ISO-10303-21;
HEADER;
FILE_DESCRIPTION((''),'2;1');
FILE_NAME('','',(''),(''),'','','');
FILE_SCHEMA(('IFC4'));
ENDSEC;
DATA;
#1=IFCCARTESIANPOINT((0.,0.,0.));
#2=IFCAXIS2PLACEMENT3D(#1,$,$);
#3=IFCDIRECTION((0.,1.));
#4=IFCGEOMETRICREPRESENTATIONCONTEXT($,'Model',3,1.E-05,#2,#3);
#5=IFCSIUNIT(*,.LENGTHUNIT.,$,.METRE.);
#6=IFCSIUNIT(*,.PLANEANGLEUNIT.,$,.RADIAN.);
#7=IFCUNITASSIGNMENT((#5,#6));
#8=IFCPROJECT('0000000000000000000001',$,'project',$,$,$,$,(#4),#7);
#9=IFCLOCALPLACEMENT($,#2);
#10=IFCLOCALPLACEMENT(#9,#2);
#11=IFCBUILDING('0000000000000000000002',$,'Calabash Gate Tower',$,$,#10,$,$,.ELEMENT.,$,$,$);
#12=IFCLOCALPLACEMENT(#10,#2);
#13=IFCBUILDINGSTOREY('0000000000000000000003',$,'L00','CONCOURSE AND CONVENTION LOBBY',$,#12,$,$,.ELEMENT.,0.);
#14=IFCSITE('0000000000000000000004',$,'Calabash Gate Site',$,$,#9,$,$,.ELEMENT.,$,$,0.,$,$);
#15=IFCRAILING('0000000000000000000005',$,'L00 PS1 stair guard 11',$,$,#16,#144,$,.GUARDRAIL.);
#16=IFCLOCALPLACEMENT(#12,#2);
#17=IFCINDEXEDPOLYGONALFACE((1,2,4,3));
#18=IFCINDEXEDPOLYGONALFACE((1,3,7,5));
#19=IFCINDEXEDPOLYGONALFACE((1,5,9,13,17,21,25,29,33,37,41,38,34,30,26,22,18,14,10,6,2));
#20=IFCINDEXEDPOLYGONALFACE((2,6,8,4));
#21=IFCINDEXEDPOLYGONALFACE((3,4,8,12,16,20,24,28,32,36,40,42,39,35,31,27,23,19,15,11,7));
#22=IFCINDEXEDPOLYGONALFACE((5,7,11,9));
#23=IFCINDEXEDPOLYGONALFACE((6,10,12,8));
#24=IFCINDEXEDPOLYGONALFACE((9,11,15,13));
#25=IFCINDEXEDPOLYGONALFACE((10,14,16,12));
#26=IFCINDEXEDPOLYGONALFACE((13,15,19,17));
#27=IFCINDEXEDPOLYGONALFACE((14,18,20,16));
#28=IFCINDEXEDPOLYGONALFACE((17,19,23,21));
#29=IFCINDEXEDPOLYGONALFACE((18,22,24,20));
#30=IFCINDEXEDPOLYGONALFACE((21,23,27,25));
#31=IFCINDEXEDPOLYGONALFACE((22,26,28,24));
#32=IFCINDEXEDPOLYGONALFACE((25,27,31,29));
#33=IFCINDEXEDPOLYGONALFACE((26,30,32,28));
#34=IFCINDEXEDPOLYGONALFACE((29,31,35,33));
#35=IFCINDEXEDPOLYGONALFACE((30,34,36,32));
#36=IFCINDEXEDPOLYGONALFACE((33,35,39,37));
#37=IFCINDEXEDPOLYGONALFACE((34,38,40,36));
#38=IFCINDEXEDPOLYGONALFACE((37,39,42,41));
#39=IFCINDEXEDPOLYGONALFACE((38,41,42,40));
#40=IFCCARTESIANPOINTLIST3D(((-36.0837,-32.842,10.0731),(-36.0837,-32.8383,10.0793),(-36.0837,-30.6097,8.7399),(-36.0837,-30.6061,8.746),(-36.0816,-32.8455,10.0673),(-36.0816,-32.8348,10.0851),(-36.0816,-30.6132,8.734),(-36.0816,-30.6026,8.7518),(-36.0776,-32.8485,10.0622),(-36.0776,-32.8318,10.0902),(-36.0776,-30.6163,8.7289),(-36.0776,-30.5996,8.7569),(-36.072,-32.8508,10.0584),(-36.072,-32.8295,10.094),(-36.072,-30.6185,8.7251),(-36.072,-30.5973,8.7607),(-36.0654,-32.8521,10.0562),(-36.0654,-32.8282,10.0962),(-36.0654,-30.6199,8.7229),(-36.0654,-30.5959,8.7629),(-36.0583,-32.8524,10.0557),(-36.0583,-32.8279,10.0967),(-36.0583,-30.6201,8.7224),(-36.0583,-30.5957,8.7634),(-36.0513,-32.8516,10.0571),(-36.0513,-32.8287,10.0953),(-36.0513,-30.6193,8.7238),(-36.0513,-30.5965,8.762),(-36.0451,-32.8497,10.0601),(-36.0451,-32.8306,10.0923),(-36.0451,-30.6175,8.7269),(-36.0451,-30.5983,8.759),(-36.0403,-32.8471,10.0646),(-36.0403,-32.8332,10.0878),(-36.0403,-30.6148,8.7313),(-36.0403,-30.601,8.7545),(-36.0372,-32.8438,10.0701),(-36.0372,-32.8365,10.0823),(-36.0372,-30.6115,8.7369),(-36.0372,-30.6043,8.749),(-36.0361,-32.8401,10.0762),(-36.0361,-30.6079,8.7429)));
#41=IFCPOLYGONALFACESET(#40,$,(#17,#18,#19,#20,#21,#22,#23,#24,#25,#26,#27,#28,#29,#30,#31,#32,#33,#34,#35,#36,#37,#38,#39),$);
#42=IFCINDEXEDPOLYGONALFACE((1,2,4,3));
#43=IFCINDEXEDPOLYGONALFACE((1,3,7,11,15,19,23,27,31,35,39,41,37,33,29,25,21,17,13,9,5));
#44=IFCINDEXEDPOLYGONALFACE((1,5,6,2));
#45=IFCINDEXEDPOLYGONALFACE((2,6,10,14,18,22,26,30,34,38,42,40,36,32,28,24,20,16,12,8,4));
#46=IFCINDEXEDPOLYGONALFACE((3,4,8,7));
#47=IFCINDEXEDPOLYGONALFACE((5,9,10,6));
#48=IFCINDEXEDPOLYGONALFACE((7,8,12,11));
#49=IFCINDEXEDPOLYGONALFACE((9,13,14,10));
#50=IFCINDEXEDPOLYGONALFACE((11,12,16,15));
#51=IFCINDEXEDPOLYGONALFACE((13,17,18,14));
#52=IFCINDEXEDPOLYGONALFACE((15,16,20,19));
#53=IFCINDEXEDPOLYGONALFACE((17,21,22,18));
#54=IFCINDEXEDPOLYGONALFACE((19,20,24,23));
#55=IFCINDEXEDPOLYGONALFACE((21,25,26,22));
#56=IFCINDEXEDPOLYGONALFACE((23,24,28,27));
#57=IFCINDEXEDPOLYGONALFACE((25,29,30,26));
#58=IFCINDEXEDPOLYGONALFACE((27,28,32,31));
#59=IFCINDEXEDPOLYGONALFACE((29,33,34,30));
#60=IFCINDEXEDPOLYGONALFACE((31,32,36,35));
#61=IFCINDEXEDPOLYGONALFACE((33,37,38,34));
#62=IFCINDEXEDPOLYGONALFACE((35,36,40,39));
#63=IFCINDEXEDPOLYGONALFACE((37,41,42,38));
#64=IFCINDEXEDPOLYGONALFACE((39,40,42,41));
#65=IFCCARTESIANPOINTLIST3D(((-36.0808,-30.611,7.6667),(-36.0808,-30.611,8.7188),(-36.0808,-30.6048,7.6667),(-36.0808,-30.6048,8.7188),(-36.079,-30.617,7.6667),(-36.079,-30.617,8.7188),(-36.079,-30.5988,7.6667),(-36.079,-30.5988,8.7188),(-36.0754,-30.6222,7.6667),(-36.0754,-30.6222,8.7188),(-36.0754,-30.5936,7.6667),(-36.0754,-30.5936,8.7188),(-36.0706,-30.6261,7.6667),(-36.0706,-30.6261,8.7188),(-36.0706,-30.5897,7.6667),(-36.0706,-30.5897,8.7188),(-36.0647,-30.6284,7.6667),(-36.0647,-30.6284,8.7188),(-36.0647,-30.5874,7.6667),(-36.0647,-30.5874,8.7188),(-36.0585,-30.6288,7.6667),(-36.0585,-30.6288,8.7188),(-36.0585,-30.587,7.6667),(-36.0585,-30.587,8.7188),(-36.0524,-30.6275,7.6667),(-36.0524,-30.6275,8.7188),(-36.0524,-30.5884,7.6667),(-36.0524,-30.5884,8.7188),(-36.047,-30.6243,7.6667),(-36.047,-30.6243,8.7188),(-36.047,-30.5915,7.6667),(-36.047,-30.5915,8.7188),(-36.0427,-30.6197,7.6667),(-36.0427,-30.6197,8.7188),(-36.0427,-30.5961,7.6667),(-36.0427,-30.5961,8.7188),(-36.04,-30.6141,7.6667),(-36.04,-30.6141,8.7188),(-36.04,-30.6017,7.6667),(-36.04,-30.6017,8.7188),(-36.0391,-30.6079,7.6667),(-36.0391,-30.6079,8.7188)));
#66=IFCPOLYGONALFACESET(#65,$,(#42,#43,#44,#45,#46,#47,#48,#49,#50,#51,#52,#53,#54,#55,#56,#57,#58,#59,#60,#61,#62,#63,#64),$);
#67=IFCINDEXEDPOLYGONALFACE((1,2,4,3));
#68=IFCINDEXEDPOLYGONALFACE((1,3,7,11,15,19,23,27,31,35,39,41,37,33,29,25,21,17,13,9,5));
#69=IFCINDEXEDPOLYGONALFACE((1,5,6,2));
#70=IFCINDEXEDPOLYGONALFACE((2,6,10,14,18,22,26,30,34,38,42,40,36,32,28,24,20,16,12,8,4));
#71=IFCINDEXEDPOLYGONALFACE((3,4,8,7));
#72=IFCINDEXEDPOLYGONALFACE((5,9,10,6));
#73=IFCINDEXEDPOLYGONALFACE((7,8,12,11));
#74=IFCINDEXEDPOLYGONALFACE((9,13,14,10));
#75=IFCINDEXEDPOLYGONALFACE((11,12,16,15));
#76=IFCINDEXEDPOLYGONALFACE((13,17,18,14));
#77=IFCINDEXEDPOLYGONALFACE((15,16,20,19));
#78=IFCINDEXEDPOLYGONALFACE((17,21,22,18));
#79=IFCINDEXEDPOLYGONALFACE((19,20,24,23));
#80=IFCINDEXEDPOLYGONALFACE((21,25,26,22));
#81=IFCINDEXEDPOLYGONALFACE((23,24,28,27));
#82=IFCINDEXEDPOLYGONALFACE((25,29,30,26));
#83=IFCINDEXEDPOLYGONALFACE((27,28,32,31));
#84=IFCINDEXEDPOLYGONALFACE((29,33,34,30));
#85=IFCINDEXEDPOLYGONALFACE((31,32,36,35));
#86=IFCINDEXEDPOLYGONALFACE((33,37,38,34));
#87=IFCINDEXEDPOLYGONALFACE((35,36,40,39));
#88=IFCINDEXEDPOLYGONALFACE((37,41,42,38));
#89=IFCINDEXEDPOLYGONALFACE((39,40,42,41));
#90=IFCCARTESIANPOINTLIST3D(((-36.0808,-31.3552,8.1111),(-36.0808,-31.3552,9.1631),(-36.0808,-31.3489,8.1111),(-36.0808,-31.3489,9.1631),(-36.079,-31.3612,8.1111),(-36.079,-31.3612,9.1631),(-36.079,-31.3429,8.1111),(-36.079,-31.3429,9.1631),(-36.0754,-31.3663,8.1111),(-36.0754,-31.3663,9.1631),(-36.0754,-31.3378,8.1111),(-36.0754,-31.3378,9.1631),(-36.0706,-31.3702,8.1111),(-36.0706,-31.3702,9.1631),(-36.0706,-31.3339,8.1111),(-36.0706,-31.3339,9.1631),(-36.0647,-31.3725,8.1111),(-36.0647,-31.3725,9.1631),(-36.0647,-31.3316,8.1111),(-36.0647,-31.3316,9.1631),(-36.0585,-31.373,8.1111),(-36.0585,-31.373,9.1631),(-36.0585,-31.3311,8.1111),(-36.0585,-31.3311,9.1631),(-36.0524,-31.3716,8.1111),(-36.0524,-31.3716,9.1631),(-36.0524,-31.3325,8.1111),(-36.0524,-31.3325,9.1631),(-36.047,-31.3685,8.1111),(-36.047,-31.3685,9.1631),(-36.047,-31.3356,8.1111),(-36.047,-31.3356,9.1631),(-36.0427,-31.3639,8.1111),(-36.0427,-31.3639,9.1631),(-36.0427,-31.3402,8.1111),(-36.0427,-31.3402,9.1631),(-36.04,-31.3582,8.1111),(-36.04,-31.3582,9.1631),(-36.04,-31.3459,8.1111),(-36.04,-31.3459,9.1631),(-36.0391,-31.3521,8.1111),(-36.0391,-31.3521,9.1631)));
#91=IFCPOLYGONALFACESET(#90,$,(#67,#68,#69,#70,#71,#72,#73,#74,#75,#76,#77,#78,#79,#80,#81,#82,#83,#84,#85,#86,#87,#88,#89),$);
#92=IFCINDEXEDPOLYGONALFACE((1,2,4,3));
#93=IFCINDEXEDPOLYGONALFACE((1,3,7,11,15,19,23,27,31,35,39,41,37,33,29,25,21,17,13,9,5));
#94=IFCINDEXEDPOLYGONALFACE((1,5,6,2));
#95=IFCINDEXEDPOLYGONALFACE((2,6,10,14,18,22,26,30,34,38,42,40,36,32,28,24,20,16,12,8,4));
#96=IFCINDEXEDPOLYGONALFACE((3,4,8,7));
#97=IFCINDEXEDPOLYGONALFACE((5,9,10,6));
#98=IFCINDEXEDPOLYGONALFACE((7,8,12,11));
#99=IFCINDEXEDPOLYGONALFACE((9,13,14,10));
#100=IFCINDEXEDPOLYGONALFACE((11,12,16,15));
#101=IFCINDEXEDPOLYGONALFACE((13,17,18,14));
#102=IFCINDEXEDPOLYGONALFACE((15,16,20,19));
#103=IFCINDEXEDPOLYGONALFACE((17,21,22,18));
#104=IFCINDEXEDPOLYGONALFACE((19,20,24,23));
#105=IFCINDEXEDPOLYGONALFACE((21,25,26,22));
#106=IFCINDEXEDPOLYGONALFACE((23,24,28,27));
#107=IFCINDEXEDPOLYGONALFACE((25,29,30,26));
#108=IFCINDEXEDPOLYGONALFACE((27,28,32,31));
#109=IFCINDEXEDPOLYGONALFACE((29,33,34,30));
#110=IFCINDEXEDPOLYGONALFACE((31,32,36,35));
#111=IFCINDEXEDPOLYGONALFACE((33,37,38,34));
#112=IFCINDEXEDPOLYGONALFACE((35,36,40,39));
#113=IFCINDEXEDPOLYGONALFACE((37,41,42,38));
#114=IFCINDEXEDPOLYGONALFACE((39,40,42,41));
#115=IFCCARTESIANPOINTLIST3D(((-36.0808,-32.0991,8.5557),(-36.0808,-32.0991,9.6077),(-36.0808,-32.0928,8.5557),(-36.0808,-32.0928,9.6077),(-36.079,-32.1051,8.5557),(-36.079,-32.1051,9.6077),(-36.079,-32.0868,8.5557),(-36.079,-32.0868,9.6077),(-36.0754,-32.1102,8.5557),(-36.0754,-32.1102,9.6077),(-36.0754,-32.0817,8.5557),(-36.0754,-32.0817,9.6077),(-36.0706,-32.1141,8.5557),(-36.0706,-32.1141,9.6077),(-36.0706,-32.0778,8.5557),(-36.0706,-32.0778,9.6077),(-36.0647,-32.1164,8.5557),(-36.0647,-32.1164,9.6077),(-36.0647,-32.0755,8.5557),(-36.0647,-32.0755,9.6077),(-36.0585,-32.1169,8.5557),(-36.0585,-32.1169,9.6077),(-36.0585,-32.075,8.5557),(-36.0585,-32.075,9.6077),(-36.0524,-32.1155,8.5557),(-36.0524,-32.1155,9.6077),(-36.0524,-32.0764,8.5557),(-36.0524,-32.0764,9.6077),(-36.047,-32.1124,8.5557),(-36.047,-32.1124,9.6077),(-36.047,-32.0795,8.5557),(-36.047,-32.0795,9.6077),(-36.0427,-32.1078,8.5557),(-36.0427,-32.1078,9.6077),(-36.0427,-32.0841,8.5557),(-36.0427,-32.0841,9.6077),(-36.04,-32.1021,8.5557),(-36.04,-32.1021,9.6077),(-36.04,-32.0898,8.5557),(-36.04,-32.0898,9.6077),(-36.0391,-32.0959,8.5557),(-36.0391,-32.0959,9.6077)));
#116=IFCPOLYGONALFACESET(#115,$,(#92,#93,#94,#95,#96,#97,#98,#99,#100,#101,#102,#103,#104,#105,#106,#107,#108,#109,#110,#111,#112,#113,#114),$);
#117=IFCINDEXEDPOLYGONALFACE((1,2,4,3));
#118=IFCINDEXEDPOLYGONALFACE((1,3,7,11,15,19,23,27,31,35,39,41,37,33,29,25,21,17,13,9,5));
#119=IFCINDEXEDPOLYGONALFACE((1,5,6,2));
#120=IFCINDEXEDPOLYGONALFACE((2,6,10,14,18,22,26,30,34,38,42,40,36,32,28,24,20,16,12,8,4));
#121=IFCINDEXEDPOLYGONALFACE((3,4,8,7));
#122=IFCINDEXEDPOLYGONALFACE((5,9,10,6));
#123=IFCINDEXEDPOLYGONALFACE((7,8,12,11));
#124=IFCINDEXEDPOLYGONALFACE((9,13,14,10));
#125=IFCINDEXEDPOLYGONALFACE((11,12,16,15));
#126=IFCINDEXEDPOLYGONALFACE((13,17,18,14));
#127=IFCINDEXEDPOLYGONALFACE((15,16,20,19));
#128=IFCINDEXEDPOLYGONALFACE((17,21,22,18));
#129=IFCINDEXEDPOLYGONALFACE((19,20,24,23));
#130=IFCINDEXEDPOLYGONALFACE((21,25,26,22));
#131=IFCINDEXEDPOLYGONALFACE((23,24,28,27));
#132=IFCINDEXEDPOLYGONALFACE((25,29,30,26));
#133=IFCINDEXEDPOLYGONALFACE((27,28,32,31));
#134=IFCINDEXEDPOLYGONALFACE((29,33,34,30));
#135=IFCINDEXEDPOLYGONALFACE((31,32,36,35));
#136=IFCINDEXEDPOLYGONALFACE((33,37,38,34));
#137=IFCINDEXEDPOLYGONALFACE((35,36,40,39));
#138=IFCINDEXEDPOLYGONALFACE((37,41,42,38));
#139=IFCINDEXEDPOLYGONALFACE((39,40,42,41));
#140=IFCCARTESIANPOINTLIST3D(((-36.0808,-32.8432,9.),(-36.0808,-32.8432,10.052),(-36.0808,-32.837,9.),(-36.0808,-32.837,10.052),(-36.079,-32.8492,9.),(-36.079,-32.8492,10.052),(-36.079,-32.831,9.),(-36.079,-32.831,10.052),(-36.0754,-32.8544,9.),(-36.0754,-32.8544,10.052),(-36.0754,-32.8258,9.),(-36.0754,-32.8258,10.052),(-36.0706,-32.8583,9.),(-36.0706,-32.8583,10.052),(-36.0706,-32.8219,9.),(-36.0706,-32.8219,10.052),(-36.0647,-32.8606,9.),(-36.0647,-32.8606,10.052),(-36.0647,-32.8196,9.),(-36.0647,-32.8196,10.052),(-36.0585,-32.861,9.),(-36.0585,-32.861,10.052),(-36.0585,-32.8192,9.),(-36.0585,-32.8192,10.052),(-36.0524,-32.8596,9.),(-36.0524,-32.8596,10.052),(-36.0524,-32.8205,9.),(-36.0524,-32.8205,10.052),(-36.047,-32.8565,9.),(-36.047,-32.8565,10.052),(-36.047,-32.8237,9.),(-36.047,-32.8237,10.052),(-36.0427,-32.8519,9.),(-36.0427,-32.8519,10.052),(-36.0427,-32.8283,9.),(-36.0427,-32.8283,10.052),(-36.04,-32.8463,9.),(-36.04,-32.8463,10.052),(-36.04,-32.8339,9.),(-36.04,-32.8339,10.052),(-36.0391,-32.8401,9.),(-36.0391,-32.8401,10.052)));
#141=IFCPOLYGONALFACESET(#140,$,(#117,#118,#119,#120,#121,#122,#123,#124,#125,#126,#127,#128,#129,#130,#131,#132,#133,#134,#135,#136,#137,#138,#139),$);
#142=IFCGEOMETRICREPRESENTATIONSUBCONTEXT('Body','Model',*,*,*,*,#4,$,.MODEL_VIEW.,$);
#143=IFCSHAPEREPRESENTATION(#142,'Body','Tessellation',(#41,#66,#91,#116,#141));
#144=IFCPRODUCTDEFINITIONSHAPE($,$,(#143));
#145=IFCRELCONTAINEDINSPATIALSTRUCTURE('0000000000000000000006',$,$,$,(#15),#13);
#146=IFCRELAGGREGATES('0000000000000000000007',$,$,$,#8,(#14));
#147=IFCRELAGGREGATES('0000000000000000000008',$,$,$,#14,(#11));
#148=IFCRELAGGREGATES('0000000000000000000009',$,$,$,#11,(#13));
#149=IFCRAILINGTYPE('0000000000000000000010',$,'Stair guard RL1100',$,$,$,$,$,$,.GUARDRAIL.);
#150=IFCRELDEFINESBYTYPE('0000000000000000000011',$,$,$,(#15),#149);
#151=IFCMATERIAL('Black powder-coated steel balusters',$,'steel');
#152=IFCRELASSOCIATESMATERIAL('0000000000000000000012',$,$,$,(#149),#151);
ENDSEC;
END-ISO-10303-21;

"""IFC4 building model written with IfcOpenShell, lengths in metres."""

from ifc_helpers import new_model, si_unit, direction, frame, origin, origin_2d, place, context, subcontext, project, spatial, circle, extrude, material, type_object, element, save


model = new_model("IFC4")

# Units and contexts
model_context = context("Model", 3, precision=1e-05, world=origin(), true_north=direction((0.0, 1.0)))
body_context = subcontext(model_context, "Body", "Model", "MODEL_VIEW")
ifc_project = project(units=[si_unit("LENGTHUNIT", "METRE"), si_unit("PLANEANGLEUNIT", "RADIAN")], contexts=[model_context])

# Site, building, storey
site_placement = place(None, origin())
site = spatial("IfcSite", under=ifc_project, at=site_placement, Name="Calabash Gate Site", CompositionType="ELEMENT", RefElevation=0.0)
building_placement = place(site_placement, origin())
building = spatial("IfcBuilding", under=site, at=building_placement, Name="Calabash Gate Tower", CompositionType="ELEMENT")
storey_placement = place(building_placement, origin())
storey = spatial("IfcBuildingStorey", under=building, at=storey_placement, Name="L00", Description="CONCOURSE AND CONVENTION LOBBY", CompositionType="ELEMENT", Elevation=0.0)

# Railing
ifc_material_1 = material(Name="Black powder-coated steel balusters", Category="steel")
railing_type_1 = type_object("IfcRailingType", Name="Stair guard RL1100", PredefinedType="GUARDRAIL", material=ifc_material_1)
railing_1_placement = place(storey_placement, frame((-36.0601, -30.6079, 7.6667)))
element("IfcRailing", 1, at=railing_1_placement, inside=storey, type_object=railing_type_1, Name="L00 PS1 stair guard 11", PredefinedType="GUARDRAIL", context=body_context, shape_type="SweptSolid", body=[
    extrude(circle(Radius=0.0239, at=origin_2d()), frame((0.0, 0.0, 1.0762), z_axis=(0.0, -0.858519, 0.512782), x_axis=(1.0, 0.0, 0.0)), (0.0, 0.0, 1.0), 2.6001),
    extrude(circle(Radius=0.021, at=origin_2d()), origin(), (0.0, 0.0, 1.0), 1.052),
    extrude(circle(Radius=0.021, at=origin_2d()), frame((0.0, -0.7441, 0.4443)), (0.0, 0.0, 1.0), 1.052),
    extrude(circle(Radius=0.021, at=origin_2d()), frame((0.0, -1.488, 0.8889)), (0.0, 0.0, 1.0), 1.052),
    extrude(circle(Radius=0.021, at=origin_2d()), frame((0.0, -2.2322, 1.3333)), (0.0, 0.0, 1.0), 1.052),
])

save(model, "model.ifc")
